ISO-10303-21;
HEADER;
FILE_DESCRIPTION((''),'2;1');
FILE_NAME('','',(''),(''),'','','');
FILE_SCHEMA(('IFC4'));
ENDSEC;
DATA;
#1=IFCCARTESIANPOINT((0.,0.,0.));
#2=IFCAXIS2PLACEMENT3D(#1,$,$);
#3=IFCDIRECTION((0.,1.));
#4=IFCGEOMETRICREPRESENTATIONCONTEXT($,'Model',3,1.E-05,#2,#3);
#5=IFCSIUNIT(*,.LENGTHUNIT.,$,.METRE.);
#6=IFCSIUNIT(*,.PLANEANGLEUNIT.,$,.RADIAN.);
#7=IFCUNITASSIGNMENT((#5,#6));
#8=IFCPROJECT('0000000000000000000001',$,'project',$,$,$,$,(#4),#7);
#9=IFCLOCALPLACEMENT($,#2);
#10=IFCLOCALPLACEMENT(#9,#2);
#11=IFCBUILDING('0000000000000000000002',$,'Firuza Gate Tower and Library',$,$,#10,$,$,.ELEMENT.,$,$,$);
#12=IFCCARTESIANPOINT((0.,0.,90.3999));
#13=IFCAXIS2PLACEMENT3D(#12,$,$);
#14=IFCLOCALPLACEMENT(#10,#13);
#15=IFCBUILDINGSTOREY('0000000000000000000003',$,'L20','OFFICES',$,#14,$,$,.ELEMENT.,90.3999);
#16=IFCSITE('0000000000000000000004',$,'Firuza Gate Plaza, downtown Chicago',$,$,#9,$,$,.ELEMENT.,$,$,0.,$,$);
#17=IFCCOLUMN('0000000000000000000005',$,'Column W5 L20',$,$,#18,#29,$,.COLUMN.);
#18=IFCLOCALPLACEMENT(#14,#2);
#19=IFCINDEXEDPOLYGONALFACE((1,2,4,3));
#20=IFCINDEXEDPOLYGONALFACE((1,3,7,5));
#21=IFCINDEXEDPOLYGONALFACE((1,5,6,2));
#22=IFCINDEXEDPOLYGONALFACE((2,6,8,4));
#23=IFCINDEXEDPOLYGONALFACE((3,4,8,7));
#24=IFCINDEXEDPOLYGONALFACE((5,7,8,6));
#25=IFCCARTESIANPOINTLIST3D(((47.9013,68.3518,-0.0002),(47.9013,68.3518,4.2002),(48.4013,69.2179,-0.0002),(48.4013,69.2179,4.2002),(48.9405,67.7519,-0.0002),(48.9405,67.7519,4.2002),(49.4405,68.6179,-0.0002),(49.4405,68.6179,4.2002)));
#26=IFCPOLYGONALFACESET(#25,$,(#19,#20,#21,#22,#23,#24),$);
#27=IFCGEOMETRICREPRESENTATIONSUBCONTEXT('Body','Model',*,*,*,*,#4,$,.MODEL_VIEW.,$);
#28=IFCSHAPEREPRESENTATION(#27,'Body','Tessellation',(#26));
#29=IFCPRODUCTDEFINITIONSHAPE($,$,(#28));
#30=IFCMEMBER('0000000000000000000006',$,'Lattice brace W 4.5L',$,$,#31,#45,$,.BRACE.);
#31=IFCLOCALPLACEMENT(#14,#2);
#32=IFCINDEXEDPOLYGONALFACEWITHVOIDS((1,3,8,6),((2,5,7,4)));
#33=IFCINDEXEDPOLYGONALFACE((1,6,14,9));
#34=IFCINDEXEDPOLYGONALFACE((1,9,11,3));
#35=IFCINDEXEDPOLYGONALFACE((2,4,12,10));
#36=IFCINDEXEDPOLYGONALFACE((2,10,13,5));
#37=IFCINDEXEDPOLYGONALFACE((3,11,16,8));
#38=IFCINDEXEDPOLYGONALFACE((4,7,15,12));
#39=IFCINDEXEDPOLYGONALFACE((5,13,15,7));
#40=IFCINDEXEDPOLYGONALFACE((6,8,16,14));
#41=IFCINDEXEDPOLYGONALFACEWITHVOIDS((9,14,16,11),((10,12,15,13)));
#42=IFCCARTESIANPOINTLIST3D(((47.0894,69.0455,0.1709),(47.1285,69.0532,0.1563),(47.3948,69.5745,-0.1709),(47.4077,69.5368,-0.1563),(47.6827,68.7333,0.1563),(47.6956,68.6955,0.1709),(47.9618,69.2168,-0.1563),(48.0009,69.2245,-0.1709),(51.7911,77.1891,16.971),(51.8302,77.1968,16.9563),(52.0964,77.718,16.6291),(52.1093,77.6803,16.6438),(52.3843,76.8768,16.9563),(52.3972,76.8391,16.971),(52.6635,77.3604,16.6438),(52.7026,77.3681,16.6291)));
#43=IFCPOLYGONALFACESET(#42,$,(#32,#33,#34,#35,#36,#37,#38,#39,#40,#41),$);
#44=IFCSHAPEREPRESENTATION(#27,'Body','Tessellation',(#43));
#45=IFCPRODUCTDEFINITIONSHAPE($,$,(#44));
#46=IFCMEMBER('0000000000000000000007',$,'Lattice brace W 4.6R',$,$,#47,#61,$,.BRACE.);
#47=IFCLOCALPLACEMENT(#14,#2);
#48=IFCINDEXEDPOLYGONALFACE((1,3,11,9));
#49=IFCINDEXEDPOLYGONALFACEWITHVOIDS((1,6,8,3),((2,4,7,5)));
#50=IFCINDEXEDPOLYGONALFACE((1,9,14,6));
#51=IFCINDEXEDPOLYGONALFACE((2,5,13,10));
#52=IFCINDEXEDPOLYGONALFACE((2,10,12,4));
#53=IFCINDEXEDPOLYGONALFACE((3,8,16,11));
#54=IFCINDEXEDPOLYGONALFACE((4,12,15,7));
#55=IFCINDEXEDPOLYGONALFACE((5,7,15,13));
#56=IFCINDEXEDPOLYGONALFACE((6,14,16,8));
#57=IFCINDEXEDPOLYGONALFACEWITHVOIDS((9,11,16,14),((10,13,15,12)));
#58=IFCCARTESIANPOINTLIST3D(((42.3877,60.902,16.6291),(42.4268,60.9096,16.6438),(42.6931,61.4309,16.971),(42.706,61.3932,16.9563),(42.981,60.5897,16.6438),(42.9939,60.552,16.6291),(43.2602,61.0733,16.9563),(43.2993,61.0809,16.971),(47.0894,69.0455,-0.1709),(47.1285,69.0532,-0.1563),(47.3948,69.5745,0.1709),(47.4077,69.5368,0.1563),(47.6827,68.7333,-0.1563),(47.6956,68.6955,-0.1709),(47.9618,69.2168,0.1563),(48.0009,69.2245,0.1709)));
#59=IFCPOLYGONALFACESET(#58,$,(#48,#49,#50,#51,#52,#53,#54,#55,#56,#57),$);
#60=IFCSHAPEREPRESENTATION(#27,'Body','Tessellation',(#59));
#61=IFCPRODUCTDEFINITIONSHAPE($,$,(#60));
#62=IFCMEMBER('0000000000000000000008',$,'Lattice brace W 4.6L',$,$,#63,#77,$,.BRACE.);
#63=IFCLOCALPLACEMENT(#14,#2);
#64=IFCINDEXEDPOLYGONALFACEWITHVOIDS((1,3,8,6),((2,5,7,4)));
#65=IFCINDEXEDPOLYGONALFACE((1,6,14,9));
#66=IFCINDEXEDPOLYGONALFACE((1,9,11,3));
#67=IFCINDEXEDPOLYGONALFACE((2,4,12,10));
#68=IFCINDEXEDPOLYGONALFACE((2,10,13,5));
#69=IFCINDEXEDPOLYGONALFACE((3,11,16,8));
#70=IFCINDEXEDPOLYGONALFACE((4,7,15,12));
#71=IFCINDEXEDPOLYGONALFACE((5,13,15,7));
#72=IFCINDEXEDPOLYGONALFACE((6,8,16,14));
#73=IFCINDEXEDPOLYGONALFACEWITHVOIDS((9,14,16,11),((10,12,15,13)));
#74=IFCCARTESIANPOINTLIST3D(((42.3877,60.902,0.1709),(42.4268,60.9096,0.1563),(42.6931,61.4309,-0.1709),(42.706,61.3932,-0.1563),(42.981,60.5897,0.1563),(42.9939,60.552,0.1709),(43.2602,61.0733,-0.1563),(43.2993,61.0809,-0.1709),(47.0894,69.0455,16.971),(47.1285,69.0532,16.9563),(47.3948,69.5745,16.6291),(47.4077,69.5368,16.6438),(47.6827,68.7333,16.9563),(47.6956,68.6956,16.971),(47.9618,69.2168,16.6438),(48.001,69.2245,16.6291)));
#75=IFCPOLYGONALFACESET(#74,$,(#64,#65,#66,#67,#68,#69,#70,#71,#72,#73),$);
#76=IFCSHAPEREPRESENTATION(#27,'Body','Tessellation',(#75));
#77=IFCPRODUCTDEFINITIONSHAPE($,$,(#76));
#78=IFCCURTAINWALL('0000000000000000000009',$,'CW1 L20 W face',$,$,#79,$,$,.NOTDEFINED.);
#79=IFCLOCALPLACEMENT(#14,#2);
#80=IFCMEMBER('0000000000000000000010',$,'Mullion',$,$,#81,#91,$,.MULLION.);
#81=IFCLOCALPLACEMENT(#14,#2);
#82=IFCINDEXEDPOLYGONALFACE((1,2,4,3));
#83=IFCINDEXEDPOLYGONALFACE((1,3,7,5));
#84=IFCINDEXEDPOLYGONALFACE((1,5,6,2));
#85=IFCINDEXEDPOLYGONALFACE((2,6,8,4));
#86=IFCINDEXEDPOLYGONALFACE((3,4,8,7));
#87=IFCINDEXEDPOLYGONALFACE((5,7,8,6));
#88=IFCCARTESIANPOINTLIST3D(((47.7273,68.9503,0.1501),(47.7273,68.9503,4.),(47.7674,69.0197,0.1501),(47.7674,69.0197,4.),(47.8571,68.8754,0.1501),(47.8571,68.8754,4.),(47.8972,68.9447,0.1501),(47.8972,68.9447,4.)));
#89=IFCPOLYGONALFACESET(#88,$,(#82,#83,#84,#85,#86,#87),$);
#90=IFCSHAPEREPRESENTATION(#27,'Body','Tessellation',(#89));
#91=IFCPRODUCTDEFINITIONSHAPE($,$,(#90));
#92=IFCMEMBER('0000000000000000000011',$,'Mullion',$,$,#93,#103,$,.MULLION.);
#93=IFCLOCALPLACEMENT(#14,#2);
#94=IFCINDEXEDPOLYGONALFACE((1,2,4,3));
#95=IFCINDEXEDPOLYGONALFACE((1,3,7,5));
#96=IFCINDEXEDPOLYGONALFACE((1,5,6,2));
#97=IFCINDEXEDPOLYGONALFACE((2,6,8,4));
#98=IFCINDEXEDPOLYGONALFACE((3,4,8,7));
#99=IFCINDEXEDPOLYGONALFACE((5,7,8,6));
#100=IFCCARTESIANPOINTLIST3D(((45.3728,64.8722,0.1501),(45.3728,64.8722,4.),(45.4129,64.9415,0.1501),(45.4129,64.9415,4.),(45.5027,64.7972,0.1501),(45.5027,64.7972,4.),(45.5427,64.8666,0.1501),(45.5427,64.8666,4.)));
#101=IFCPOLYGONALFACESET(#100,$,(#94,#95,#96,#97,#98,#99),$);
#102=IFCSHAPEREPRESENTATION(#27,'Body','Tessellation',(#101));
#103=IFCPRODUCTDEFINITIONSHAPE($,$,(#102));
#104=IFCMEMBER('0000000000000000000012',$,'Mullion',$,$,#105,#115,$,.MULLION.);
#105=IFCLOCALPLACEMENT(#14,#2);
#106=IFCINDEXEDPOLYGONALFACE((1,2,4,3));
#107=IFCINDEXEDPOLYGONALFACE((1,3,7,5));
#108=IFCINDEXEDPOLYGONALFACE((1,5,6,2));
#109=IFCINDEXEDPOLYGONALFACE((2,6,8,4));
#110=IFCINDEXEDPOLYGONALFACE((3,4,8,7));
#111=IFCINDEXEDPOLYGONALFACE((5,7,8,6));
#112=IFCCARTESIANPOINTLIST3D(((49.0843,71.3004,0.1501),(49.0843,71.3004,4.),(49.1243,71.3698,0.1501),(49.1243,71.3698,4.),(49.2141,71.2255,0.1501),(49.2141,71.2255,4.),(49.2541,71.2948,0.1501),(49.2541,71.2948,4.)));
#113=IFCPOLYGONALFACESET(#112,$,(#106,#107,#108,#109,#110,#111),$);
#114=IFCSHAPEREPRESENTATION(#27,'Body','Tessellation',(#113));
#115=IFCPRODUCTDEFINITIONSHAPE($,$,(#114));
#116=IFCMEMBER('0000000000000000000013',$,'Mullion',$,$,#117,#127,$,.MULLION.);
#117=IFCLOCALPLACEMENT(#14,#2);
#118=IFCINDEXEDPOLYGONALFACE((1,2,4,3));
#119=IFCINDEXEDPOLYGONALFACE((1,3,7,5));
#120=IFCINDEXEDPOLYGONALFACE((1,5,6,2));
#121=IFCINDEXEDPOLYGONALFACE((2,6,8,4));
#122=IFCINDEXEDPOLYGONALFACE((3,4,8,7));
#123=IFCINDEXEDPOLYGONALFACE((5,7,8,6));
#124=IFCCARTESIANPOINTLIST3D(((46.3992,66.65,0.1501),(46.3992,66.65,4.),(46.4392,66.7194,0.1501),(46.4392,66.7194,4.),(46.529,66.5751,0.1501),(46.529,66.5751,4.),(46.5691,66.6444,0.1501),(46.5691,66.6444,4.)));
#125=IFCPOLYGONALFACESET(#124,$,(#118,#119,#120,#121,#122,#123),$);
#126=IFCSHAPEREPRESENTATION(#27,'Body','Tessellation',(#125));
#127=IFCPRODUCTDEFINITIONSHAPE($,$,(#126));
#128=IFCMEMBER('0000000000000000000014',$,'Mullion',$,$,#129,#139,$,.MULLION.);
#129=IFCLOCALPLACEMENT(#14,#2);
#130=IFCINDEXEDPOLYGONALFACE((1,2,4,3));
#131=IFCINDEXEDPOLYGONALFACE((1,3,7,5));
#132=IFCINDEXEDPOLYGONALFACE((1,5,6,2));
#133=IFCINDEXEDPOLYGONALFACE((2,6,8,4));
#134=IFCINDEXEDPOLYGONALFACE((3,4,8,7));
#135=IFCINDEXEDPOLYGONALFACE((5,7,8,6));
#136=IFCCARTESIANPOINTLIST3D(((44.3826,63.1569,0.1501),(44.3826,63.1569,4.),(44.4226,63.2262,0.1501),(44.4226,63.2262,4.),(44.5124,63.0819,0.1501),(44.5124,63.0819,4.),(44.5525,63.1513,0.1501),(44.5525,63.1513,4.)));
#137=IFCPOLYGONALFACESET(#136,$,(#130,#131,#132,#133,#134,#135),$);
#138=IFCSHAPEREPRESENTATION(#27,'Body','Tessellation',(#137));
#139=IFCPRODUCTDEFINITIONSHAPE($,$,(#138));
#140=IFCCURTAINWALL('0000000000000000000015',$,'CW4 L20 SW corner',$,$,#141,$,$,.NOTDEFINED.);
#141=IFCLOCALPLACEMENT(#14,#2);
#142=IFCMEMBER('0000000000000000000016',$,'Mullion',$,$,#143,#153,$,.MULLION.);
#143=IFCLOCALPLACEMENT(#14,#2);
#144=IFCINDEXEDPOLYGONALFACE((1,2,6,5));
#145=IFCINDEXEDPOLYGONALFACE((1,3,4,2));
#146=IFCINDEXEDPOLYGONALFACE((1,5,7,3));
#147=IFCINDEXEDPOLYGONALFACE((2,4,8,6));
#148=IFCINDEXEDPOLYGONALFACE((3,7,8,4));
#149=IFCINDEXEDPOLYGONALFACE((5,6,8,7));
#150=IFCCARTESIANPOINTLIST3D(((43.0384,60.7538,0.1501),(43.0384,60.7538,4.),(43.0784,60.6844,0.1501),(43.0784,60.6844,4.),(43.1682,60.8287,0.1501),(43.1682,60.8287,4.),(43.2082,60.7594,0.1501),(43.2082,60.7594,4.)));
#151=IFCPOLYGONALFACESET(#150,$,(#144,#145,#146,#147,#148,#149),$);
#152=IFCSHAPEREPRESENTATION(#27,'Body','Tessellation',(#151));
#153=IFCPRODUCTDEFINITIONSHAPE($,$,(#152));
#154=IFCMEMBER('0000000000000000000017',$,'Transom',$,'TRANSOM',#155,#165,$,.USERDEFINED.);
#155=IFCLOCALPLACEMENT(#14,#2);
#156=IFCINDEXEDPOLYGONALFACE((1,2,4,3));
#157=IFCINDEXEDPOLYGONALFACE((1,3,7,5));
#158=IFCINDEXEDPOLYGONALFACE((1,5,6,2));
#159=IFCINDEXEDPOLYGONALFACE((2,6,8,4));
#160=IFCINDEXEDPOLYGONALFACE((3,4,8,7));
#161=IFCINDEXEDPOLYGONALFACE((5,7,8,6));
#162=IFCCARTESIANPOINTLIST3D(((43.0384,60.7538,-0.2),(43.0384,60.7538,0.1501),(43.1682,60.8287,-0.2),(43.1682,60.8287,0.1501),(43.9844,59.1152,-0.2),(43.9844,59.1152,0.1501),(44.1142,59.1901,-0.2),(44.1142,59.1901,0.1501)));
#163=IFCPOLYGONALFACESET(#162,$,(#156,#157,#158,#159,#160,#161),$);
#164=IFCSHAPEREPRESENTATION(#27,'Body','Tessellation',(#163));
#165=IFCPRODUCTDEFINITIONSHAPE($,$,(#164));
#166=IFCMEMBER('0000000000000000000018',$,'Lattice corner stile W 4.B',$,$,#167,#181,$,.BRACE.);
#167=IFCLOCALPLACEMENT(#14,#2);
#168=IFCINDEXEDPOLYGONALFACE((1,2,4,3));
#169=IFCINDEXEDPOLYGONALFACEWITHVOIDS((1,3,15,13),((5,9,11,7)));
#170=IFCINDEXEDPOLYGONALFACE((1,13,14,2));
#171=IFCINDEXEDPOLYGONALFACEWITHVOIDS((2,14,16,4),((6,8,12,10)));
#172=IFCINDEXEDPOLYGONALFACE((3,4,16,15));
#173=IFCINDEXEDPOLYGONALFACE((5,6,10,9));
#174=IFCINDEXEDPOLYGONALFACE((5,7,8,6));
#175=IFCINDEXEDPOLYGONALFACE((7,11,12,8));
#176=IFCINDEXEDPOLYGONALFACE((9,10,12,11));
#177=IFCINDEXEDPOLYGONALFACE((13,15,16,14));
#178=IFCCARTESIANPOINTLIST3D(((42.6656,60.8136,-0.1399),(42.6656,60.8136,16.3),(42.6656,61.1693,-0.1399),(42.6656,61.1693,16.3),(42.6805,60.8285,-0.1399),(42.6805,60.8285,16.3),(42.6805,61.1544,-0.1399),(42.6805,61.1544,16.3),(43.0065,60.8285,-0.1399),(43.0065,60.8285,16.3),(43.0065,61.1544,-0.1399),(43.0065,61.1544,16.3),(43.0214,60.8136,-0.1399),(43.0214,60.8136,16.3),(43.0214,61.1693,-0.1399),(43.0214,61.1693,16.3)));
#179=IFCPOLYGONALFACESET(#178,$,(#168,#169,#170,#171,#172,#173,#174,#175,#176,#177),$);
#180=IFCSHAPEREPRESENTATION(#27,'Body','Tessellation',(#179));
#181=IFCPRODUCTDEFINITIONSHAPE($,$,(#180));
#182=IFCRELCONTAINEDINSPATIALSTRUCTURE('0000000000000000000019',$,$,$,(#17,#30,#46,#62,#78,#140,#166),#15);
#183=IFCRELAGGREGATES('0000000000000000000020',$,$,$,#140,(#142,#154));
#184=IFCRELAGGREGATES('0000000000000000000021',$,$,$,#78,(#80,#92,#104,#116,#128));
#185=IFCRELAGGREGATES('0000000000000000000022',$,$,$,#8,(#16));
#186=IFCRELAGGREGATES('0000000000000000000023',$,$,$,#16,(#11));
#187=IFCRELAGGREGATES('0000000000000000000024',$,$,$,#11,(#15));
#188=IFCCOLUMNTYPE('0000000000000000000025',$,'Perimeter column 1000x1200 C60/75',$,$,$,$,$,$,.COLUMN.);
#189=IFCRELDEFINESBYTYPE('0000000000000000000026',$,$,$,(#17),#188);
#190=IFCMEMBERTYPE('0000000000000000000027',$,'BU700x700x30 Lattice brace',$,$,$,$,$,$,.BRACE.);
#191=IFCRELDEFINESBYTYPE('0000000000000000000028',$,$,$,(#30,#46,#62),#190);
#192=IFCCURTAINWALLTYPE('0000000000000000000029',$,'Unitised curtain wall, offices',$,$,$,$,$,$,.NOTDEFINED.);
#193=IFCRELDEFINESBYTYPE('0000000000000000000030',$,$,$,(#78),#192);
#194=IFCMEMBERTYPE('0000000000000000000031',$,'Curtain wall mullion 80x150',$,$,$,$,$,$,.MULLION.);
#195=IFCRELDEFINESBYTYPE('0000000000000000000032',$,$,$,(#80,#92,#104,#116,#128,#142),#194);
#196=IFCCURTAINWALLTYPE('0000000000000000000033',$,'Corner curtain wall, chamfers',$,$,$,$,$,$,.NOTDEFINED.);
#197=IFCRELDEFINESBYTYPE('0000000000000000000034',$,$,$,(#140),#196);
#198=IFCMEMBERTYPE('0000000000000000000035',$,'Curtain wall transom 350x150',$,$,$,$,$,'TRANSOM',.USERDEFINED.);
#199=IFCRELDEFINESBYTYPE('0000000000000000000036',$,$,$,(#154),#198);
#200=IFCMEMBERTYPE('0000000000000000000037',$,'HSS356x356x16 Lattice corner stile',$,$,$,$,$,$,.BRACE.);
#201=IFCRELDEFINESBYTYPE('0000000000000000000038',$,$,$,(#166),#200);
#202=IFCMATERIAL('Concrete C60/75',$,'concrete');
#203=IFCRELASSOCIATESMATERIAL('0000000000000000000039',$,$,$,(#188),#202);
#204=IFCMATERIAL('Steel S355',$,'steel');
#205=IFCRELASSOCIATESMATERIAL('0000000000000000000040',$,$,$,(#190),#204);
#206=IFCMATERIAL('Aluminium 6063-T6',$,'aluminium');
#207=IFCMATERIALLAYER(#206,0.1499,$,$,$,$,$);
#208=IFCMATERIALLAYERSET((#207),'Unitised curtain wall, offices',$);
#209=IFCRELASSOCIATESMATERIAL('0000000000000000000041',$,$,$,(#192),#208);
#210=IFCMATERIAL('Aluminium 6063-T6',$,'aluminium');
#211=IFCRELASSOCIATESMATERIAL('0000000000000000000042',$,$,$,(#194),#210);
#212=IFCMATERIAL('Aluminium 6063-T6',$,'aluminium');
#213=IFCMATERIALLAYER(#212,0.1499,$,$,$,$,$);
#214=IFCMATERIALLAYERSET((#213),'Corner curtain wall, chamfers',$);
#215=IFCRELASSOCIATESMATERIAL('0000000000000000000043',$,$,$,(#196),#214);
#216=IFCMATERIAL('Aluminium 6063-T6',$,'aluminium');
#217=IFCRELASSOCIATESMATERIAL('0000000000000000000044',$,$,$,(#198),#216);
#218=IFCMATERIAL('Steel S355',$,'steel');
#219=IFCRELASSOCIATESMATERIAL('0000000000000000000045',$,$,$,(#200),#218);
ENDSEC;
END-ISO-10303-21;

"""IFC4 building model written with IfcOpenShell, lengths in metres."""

from ifc_helpers import new_model, si_unit, direction, frame, origin, origin_2d, place, context, subcontext, project, spatial, rectangle, hollow_rectangle, extrude, material, layer, layer_set, material_profile, profile_set, type_object, element, aggregate, save


model = new_model("IFC4")

# Units and contexts
model_context = context("Model", 3, precision=1e-05, world=origin(), true_north=direction((0.0, 1.0)))
body_context = subcontext(model_context, "Body", "Model", "MODEL_VIEW")
ifc_project = project(units=[si_unit("LENGTHUNIT", "METRE"), si_unit("PLANEANGLEUNIT", "RADIAN")], contexts=[model_context])

# Site, building, storey
site_placement = place(None, origin())
site = spatial("IfcSite", under=ifc_project, at=site_placement, Name="Firuza Gate Plaza, downtown Chicago", CompositionType="ELEMENT", RefElevation=0.0)
building_placement = place(site_placement, origin())
building = spatial("IfcBuilding", under=site, at=building_placement, Name="Firuza Gate Tower and Library", CompositionType="ELEMENT")
storey_placement = place(building_placement, frame((0.0, 0.0, 90.3999)))
storey = spatial("IfcBuildingStorey", under=building, at=storey_placement, Name="L20", Description="OFFICES", CompositionType="ELEMENT", Elevation=90.3999)

# Column
ifc_material_1 = material(Name="Concrete C60/75", Category="concrete")
ifc_material_profile_1 = material_profile(ifc_material_1, rectangle(XDim=1.0, YDim=1.2, at=origin_2d()))
ifc_profile_set_1 = profile_set([ifc_material_profile_1], Name="Concrete C60/75")
column_type = type_object("IfcColumnType", Name="Perimeter column 1000x1200 C60/75", PredefinedType="COLUMN", material=ifc_profile_set_1)
column_placement = place(storey_placement, frame((48.6709, 68.4849, -0.0002), z_axis=(0.0, 0.0, 1.0), x_axis=(-0.5, -0.866025, 0.0)))
element("IfcColumn", 1, at=column_placement, inside=storey, type_object=column_type, Name="Column W5 L20", PredefinedType="COLUMN", context=body_context, shape_type="SweptSolid", body=[
    extrude(rectangle(XDim=1.0, YDim=1.2, at=origin_2d()), origin(), (0.0, 0.0, 1.0), 4.2004),
])

# Members
ifc_material_2 = material(Name="Steel S355", Category="steel")
ifc_material_profile_2 = material_profile(ifc_material_2, hollow_rectangle(XDim=0.7, YDim=0.7, WallThickness=0.03, at=origin_2d()))
ifc_profile_set_2 = profile_set([ifc_material_profile_2], Name="Steel S355")
member_type_1 = type_object("IfcMemberType", Name="BU700x700x30 Lattice brace", PredefinedType="BRACE", material=ifc_profile_set_2)
for number, where, z_axis, x_axis, name in (
    (2, (47.5452, 69.135, 0.0), (0.244208, 0.422983, 0.872609), (-0.866026, 0.499998, 0.0), "Lattice brace W 4.5L"),
    (3, (47.5452, 69.135, 0.0), (-0.244208, -0.422983, 0.872609), (0.866026, -0.499998, 0.0), "Lattice brace W 4.6R"),
    (4, (42.8435, 60.9915, 0.0), (0.244208, 0.422983, 0.872609), (-0.866026, 0.499998, 0.0), "Lattice brace W 4.6L"),
):
    element("IfcMember", number, at=place(storey_placement, frame(where, z_axis=z_axis, x_axis=x_axis)), inside=storey, type_object=member_type_1, Name=name, PredefinedType="BRACE", context=body_context, shape_type="SweptSolid", body=[
        extrude(hollow_rectangle(XDim=0.7, YDim=0.7, WallThickness=0.03, at=origin_2d()), origin(), (0.0, 0.0, 1.0), 19.2527),
    ])

# Curtain walls, members
ifc_material_3 = material(Name="Aluminium 6063-T6", Category="aluminium")
ifc_layer_1 = layer(ifc_material_3, 0.1499)
ifc_layer_set_1 = layer_set([ifc_layer_1], Name="Unitised curtain wall, offices")
curtain_wall_type_1 = type_object("IfcCurtainWallType", Name="Unitised curtain wall, offices", PredefinedType="NOTDEFINED", material=ifc_layer_set_1)
placement = place(storey_placement, origin())
curtain_wall_1 = element("IfcCurtainWall", 5, at=placement, inside=storey, type_object=curtain_wall_type_1, Name="CW1 L20 W face", PredefinedType="NOTDEFINED")
ifc_material_4 = material(Name="Aluminium 6063-T6", Category="aluminium")
ifc_material_profile_3 = material_profile(ifc_material_4, rectangle(XDim=0.1499, YDim=0.0801, at=origin_2d()))
ifc_profile_set_3 = profile_set([ifc_material_profile_3], Name="Aluminium 6063-T6")
member_type_2 = type_object("IfcMemberType", Name="Curtain wall mullion 80x150", PredefinedType="MULLION", material=ifc_profile_set_3)
member_1_placement = place(storey_placement, frame((47.8123, 68.9475, 0.1501), z_axis=(0.0, 0.0, 1.0), x_axis=(0.866025, -0.5, 0.0)))
member_1 = element("IfcMember", 6, at=member_1_placement, type_object=member_type_2, Name="Mullion", PredefinedType="MULLION", context=body_context, shape_type="SweptSolid", body=[
    extrude(rectangle(XDim=0.1499, YDim=0.0801, at=origin_2d()), origin(), (0.0, 0.0, 1.0), 3.8499),
])
member_2_placement = place(storey_placement, frame((45.4578, 64.8694, 0.1501), z_axis=(0.0, 0.0, 1.0), x_axis=(0.866025, -0.5, 0.0)))
member_2 = element("IfcMember", 7, at=member_2_placement, type_object=member_type_2, Name="Mullion", PredefinedType="MULLION", context=body_context, shape_type="SweptSolid", body=[
    extrude(rectangle(XDim=0.1499, YDim=0.0801, at=origin_2d()), origin(), (0.0, 0.0, 1.0), 3.8499),
])
member_3_placement = place(storey_placement, frame((49.1692, 71.2976, 0.1501), z_axis=(0.0, 0.0, 1.0), x_axis=(0.866025, -0.5, 0.0)))
member_3 = element("IfcMember", 8, at=member_3_placement, type_object=member_type_2, Name="Mullion", PredefinedType="MULLION", context=body_context, shape_type="SweptSolid", body=[
    extrude(rectangle(XDim=0.1499, YDim=0.0801, at=origin_2d()), origin(), (0.0, 0.0, 1.0), 3.8499),
])
member_4_placement = place(storey_placement, frame((46.4841, 66.6472, 0.1501), z_axis=(0.0, 0.0, 1.0), x_axis=(0.866025, -0.5, 0.0)))
member_4 = element("IfcMember", 9, at=member_4_placement, type_object=member_type_2, Name="Mullion", PredefinedType="MULLION", context=body_context, shape_type="SweptSolid", body=[
    extrude(rectangle(XDim=0.1499, YDim=0.0801, at=origin_2d()), origin(), (0.0, 0.0, 1.0), 3.8499),
])
member_5_placement = place(storey_placement, frame((44.4675, 63.1541, 0.1501), z_axis=(0.0, 0.0, 1.0), x_axis=(0.866025, -0.5, 0.0)))
member_5 = element("IfcMember", 10, at=member_5_placement, type_object=member_type_2, Name="Mullion", PredefinedType="MULLION", context=body_context, shape_type="SweptSolid", body=[
    extrude(rectangle(XDim=0.1499, YDim=0.0801, at=origin_2d()), origin(), (0.0, 0.0, 1.0), 3.8499),
])
ifc_material_5 = material(Name="Aluminium 6063-T6", Category="aluminium")
ifc_layer_2 = layer(ifc_material_5, 0.1499)
ifc_layer_set_2 = layer_set([ifc_layer_2], Name="Corner curtain wall, chamfers")
curtain_wall_type_2 = type_object("IfcCurtainWallType", Name="Corner curtain wall, chamfers", PredefinedType="NOTDEFINED", material=ifc_layer_set_2)
curtain_wall_2 = element("IfcCurtainWall", 11, at=placement, inside=storey, type_object=curtain_wall_type_2, Name="CW4 L20 SW corner", PredefinedType="NOTDEFINED")
member_6_placement = place(storey_placement, frame((43.1233, 60.7566, 0.1501), z_axis=(0.0, 0.0, 1.0), x_axis=(0.866025, 0.5, 0.0)))
member_6 = element("IfcMember", 12, at=member_6_placement, type_object=member_type_2, Name="Mullion", PredefinedType="MULLION", context=body_context, shape_type="SweptSolid", body=[
    extrude(rectangle(XDim=0.1499, YDim=0.0801, at=origin_2d()), origin(), (0.0, 0.0, 1.0), 3.8499),
])
ifc_material_6 = material(Name="Aluminium 6063-T6", Category="aluminium")
ifc_material_profile_4 = material_profile(ifc_material_6, rectangle(XDim=0.1499, YDim=0.3501, at=origin_2d()))
ifc_profile_set_4 = profile_set([ifc_material_profile_4], Name="Aluminium 6063-T6")
member_type_3 = type_object("IfcMemberType", Name="Curtain wall transom 350x150", ElementType="TRANSOM", PredefinedType="USERDEFINED", material=ifc_profile_set_4)
member_7_placement = place(storey_placement, frame((43.1033, 60.7913, -0.0249), z_axis=(0.499983, -0.866035, 0.0), x_axis=(0.866035, 0.499983, 0.0)))
member_7 = element("IfcMember", 13, at=member_7_placement, type_object=member_type_3, Name="Transom", ObjectType="TRANSOM", PredefinedType="USERDEFINED", context=body_context, shape_type="SweptSolid", body=[
    extrude(rectangle(XDim=0.1499, YDim=0.3501, at=origin_2d()), origin(), (0.0, 0.0, 1.0), 1.8921),
])

# Member
ifc_material_7 = material(Name="Steel S355", Category="steel")
ifc_material_profile_5 = material_profile(ifc_material_7, hollow_rectangle(XDim=0.3557, YDim=0.3557, WallThickness=0.0149, at=origin_2d()))
ifc_profile_set_5 = profile_set([ifc_material_profile_5], Name="Steel S355")
member_type_4 = type_object("IfcMemberType", Name="HSS356x356x16 Lattice corner stile", PredefinedType="BRACE", material=ifc_profile_set_5)
member_8_placement = place(storey_placement, frame((42.8435, 60.9915, -0.1399), z_axis=(0.0, 0.0, 1.0), x_axis=(1.0, 0.0, 0.0)))
element("IfcMember", 14, at=member_8_placement, inside=storey, type_object=member_type_4, Name="Lattice corner stile W 4.B", PredefinedType="BRACE", context=body_context, shape_type="SweptSolid", body=[
    extrude(hollow_rectangle(XDim=0.3557, YDim=0.3557, WallThickness=0.0149, at=origin_2d()), origin(), (0.0, 0.0, 1.0), 16.4399),
])

aggregate(curtain_wall_2, [member_6, member_7])
aggregate(curtain_wall_1, [member_1, member_2, member_3, member_4, member_5])

save(model, "model.ifc")
